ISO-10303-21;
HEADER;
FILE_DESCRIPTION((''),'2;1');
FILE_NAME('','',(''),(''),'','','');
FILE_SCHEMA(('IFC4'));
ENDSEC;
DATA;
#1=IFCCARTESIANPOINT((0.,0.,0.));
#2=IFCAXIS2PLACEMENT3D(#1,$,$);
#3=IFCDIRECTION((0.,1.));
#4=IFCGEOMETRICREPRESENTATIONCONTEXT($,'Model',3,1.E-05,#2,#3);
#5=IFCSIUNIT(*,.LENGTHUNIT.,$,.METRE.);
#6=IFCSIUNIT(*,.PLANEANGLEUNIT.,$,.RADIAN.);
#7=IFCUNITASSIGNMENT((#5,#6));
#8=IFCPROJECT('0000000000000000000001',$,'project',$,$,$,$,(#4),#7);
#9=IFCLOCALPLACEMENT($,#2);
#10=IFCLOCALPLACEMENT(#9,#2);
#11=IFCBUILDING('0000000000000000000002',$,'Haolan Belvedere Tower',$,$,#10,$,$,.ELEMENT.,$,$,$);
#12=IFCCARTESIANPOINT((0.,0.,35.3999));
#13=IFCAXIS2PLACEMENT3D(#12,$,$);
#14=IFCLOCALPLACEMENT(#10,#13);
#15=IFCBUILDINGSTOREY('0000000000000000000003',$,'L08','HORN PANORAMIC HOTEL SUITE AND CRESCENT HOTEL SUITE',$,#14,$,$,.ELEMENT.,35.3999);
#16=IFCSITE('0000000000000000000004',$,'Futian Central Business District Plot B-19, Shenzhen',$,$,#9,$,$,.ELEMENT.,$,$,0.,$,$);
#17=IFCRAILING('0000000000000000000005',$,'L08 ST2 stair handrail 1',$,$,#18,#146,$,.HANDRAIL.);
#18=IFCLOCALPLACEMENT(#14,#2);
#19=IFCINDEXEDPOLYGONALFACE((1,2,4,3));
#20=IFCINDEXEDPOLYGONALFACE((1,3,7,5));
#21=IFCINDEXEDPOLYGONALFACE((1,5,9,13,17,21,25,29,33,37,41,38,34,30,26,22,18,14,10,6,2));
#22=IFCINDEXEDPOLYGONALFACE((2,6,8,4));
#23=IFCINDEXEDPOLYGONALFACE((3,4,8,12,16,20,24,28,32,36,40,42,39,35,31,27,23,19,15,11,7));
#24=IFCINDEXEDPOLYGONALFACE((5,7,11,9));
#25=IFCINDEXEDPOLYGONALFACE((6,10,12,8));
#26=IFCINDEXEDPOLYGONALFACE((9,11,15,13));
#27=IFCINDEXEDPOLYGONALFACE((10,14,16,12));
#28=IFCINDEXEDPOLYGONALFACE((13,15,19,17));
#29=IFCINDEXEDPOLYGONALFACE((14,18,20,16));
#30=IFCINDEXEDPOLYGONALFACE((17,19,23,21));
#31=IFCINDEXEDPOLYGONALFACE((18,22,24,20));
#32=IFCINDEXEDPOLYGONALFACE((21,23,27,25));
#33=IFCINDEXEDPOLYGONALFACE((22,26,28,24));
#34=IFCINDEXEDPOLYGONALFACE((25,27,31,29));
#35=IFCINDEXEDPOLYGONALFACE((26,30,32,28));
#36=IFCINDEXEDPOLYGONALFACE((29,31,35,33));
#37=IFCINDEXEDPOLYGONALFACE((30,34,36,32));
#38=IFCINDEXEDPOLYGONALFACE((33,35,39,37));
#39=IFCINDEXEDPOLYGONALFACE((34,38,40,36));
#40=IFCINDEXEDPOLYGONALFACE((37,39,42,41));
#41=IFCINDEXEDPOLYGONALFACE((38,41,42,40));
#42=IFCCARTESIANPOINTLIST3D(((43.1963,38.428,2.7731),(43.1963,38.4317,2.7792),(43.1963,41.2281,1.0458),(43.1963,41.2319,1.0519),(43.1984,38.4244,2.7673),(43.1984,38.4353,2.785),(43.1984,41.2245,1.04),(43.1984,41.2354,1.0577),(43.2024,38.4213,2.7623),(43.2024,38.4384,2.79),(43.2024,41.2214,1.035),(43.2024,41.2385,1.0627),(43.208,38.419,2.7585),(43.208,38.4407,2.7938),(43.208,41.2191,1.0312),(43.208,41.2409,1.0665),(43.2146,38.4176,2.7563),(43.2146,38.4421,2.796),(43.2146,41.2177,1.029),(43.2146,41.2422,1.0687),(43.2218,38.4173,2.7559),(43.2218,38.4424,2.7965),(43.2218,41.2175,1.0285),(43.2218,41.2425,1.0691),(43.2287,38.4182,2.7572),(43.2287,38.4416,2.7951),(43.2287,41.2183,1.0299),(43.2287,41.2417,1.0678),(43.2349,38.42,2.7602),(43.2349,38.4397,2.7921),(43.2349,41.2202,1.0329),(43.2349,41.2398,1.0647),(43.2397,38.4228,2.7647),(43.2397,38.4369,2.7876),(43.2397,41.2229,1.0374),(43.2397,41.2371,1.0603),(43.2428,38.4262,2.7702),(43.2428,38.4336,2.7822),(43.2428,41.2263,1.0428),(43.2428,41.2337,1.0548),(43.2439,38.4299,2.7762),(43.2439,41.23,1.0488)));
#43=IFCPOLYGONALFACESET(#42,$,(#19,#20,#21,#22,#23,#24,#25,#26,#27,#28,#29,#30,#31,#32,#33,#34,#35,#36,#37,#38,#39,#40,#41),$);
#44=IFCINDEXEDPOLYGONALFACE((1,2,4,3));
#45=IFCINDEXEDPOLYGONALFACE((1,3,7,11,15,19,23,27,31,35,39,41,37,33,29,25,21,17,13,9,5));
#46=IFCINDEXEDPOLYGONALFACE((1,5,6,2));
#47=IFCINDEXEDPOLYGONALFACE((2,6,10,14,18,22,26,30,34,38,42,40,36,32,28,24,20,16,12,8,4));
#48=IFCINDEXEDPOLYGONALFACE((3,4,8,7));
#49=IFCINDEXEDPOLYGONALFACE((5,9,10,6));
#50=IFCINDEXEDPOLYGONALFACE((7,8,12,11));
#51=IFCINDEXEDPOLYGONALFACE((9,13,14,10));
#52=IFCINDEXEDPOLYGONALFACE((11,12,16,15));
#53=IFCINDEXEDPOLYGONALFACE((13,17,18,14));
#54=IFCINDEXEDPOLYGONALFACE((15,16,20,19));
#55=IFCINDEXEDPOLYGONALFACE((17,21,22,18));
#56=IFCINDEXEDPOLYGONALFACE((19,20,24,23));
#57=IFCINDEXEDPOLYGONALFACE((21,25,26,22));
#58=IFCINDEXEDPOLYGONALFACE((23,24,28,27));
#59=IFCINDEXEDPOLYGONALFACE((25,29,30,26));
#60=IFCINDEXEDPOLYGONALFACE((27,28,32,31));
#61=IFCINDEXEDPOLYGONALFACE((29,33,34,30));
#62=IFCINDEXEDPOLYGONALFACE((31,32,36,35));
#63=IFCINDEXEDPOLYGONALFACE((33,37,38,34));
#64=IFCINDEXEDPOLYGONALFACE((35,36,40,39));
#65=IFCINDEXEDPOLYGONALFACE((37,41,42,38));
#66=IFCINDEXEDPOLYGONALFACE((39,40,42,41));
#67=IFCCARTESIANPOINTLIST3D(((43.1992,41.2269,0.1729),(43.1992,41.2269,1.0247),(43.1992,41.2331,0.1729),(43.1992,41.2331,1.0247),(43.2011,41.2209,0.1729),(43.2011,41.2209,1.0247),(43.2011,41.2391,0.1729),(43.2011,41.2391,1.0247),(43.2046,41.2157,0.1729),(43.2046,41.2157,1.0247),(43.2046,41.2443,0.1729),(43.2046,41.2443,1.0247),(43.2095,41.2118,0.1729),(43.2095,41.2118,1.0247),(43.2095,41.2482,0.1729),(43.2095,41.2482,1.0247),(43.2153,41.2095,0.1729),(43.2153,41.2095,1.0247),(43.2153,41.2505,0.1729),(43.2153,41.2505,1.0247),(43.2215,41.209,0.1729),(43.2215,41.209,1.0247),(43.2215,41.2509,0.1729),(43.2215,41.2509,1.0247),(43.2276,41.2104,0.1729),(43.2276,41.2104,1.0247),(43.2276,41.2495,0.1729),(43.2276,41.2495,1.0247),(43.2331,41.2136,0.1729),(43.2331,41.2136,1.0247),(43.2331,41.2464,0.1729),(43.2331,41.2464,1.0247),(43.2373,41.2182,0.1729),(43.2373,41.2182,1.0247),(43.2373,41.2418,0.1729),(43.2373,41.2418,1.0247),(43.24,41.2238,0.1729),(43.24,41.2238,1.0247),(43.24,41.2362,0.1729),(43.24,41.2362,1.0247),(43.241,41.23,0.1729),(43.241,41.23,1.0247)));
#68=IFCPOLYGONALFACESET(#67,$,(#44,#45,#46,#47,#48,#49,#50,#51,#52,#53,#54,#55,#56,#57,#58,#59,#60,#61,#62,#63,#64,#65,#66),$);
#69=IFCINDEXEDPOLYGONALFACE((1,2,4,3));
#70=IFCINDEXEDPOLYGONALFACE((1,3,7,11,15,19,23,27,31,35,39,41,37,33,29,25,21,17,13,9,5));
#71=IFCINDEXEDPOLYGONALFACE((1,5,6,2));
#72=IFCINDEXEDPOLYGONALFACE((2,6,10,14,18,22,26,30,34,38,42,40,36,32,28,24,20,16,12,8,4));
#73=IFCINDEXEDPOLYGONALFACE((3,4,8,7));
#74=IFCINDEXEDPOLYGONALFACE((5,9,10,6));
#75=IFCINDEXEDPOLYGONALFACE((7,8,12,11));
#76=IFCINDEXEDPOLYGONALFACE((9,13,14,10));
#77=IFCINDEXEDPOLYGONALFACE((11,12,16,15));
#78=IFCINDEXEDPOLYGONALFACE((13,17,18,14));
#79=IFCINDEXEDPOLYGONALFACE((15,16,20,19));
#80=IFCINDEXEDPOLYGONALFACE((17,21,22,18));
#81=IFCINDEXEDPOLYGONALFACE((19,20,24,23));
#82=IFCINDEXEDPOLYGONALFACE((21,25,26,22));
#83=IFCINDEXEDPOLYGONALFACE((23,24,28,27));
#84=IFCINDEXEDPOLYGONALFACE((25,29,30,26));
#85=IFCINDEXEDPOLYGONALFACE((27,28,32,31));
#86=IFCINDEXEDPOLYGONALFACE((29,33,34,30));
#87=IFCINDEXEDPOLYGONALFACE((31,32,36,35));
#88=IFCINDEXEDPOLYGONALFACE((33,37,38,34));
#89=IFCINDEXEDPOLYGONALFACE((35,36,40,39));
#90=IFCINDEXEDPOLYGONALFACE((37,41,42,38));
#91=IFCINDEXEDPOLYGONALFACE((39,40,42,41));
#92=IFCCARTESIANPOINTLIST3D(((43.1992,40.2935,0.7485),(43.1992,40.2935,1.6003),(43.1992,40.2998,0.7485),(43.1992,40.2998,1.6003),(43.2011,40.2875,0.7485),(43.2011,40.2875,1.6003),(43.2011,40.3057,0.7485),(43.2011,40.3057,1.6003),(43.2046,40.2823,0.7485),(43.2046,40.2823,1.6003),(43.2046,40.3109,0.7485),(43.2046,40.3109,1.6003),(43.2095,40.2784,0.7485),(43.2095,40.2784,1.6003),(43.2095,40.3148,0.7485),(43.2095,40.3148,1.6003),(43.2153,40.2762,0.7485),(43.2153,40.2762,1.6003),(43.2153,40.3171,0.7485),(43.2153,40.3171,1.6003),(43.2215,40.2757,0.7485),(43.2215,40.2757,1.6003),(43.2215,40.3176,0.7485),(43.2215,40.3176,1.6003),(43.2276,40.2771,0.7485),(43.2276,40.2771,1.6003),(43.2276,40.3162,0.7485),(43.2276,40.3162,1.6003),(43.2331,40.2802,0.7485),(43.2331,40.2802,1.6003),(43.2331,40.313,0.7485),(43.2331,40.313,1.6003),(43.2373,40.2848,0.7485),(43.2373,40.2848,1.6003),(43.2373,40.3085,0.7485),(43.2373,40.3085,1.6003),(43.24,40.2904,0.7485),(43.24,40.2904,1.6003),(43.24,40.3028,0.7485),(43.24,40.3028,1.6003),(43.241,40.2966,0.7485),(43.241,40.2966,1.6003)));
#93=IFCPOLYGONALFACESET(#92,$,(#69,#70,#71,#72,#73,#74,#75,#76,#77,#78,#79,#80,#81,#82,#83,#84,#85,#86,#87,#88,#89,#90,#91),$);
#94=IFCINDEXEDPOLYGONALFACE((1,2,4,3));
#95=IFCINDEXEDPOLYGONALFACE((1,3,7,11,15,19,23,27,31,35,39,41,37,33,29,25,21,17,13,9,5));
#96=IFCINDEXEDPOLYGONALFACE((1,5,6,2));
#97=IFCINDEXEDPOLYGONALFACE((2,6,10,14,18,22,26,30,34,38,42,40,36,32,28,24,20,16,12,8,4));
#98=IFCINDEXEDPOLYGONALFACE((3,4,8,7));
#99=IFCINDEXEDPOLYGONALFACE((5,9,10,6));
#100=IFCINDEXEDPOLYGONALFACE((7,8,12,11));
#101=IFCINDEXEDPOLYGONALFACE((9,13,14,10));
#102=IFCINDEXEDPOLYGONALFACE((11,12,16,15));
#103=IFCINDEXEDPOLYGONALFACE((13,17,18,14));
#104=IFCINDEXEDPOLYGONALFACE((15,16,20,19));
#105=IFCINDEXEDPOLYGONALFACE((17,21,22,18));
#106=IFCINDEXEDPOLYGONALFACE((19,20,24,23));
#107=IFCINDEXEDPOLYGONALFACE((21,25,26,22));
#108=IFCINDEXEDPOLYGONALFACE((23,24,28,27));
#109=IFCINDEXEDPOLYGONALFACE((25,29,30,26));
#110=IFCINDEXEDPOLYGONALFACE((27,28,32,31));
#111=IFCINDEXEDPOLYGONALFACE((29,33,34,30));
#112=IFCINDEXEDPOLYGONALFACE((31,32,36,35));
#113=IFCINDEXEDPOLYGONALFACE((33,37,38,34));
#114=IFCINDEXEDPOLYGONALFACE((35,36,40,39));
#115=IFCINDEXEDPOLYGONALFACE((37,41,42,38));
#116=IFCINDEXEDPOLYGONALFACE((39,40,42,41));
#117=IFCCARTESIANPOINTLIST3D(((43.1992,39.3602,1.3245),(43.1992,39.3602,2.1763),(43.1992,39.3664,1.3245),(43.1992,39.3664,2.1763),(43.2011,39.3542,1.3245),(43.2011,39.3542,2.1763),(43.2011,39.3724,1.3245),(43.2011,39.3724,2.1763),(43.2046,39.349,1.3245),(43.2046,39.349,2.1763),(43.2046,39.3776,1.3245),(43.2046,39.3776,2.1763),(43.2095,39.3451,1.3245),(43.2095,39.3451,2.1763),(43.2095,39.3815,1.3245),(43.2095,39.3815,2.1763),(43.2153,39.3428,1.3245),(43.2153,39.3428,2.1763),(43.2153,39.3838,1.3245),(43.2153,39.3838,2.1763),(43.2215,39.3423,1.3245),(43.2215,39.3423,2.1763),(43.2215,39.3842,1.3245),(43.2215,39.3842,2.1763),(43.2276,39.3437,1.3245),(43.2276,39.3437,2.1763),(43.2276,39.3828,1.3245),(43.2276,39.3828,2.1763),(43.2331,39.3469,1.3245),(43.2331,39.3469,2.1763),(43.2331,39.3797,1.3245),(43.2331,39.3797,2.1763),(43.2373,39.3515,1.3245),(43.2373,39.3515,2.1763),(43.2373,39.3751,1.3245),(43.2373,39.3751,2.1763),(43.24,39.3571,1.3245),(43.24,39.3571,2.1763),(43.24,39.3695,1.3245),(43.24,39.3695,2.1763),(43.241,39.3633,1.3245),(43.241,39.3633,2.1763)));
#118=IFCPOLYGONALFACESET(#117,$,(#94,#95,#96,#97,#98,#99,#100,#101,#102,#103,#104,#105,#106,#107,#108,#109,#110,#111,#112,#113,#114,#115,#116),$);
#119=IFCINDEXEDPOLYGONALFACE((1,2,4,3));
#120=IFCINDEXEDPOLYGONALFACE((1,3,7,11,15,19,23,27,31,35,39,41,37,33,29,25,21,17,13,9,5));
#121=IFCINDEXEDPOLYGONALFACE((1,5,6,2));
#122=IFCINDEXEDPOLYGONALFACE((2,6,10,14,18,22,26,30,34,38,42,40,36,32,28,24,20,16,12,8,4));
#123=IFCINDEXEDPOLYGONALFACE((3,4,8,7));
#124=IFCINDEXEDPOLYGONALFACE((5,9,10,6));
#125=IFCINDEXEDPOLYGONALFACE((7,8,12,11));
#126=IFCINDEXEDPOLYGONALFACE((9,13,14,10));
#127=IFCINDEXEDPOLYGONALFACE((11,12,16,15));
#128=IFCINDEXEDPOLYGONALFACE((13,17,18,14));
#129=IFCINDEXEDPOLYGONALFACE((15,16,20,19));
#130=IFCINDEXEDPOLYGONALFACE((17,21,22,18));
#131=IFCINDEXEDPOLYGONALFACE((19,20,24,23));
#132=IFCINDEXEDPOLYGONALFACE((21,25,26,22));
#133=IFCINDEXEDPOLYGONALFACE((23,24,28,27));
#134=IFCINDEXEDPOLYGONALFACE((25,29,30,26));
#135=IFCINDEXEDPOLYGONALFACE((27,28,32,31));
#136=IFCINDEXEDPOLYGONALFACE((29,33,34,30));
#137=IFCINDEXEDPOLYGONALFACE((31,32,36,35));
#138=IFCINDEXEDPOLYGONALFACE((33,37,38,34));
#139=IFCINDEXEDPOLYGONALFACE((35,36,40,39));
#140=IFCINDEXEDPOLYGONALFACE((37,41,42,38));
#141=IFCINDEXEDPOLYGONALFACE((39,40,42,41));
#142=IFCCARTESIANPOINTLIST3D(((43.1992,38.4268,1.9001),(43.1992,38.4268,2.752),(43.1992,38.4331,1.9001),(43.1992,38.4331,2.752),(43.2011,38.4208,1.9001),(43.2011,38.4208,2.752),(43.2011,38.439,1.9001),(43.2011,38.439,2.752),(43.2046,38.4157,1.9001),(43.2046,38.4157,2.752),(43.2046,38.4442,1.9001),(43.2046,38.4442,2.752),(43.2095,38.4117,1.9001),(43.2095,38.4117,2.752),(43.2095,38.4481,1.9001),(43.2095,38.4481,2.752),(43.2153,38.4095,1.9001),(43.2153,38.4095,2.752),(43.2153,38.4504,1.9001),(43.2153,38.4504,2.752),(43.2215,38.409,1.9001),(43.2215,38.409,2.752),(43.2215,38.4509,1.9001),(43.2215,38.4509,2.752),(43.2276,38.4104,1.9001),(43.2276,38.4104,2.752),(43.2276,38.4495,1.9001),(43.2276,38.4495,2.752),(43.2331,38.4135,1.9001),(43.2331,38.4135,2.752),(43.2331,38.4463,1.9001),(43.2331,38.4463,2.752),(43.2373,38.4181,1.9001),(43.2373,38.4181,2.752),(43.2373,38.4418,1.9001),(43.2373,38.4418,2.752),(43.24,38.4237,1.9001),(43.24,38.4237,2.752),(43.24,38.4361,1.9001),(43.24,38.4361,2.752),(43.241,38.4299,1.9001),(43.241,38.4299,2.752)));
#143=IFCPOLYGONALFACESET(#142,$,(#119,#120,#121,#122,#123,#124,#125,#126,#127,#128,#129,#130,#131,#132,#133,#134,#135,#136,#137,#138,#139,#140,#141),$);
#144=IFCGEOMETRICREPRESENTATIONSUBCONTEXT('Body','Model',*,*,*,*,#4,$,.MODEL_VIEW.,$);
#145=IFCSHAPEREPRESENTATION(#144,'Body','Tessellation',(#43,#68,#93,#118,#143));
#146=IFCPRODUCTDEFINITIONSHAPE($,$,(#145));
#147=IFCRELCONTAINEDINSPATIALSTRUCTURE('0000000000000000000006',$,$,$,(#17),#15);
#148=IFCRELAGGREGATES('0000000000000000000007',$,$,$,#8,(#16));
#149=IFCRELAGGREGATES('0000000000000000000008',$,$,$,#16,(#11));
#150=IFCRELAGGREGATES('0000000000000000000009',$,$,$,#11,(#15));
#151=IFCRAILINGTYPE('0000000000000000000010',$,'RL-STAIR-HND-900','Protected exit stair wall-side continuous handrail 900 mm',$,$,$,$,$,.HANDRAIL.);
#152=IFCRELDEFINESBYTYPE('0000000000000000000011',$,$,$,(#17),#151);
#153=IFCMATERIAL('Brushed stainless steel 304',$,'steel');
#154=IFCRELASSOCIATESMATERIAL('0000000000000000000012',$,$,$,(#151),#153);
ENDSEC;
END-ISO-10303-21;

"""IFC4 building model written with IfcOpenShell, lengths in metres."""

from ifc_helpers import new_model, si_unit, direction, frame, origin, origin_2d, place, context, subcontext, project, spatial, circle, extrude, material, type_object, element, save


model = new_model("IFC4")

# Units and contexts
model_context = context("Model", 3, precision=1e-05, world=origin(), true_north=direction((0.0, 1.0)))
body_context = subcontext(model_context, "Body", "Model", "MODEL_VIEW")
ifc_project = project(units=[si_unit("LENGTHUNIT", "METRE"), si_unit("PLANEANGLEUNIT", "RADIAN")], contexts=[model_context])

# Site, building, storey
site_placement = place(None, origin())
site = spatial("IfcSite", under=ifc_project, at=site_placement, Name="Futian Central Business District Plot B-19, Shenzhen", CompositionType="ELEMENT", RefElevation=0.0)
building_placement = place(site_placement, origin())
building = spatial("IfcBuilding", under=site, at=building_placement, Name="Haolan Belvedere Tower", CompositionType="ELEMENT")
storey_placement = place(building_placement, frame((0.0, 0.0, 35.3999)))
storey = spatial("IfcBuildingStorey", under=building, at=storey_placement, Name="L08", Description="HORN PANORAMIC HOTEL SUITE AND CRESCENT HOTEL SUITE", CompositionType="ELEMENT", Elevation=35.3999)

# Railing
ifc_material_1 = material(Name="Brushed stainless steel 304", Category="steel")
railing_type_1 = type_object("IfcRailingType", Name="RL-STAIR-HND-900", Description="Protected exit stair wall-side continuous handrail 900 mm", PredefinedType="HANDRAIL", material=ifc_material_1)
railing_1_placement = place(storey_placement, frame((43.22, 41.23, 0.1729)))
element("IfcRailing", 1, at=railing_1_placement, inside=storey, type_object=railing_type_1, Name="L08 ST2 stair handrail 1", PredefinedType="HANDRAIL", context=body_context, shape_type="SweptSolid", body=[
    extrude(circle(Radius=0.0239, at=origin_2d()), frame((0.0, 0.0, 0.876), z_axis=(0.0, -0.85109, 0.52502), x_axis=(1.0, 0.0, 0.0)), (0.0, 0.0, 1.0), 3.29),
    extrude(circle(Radius=0.021, at=origin_2d()), origin(), (0.0, 0.0, 1.0), 0.8518),
    extrude(circle(Radius=0.021, at=origin_2d()), frame((0.0, -0.9333, 0.5757)), (0.0, 0.0, 1.0), 0.8518),
    extrude(circle(Radius=0.021, at=origin_2d()), frame((0.0, -1.8667, 1.1516)), (0.0, 0.0, 1.0), 0.8518),
    extrude(circle(Radius=0.021, at=origin_2d()), frame((0.0, -2.8, 1.7273)), (0.0, 0.0, 1.0), 0.8518),
])

save(model, "model.ifc")
